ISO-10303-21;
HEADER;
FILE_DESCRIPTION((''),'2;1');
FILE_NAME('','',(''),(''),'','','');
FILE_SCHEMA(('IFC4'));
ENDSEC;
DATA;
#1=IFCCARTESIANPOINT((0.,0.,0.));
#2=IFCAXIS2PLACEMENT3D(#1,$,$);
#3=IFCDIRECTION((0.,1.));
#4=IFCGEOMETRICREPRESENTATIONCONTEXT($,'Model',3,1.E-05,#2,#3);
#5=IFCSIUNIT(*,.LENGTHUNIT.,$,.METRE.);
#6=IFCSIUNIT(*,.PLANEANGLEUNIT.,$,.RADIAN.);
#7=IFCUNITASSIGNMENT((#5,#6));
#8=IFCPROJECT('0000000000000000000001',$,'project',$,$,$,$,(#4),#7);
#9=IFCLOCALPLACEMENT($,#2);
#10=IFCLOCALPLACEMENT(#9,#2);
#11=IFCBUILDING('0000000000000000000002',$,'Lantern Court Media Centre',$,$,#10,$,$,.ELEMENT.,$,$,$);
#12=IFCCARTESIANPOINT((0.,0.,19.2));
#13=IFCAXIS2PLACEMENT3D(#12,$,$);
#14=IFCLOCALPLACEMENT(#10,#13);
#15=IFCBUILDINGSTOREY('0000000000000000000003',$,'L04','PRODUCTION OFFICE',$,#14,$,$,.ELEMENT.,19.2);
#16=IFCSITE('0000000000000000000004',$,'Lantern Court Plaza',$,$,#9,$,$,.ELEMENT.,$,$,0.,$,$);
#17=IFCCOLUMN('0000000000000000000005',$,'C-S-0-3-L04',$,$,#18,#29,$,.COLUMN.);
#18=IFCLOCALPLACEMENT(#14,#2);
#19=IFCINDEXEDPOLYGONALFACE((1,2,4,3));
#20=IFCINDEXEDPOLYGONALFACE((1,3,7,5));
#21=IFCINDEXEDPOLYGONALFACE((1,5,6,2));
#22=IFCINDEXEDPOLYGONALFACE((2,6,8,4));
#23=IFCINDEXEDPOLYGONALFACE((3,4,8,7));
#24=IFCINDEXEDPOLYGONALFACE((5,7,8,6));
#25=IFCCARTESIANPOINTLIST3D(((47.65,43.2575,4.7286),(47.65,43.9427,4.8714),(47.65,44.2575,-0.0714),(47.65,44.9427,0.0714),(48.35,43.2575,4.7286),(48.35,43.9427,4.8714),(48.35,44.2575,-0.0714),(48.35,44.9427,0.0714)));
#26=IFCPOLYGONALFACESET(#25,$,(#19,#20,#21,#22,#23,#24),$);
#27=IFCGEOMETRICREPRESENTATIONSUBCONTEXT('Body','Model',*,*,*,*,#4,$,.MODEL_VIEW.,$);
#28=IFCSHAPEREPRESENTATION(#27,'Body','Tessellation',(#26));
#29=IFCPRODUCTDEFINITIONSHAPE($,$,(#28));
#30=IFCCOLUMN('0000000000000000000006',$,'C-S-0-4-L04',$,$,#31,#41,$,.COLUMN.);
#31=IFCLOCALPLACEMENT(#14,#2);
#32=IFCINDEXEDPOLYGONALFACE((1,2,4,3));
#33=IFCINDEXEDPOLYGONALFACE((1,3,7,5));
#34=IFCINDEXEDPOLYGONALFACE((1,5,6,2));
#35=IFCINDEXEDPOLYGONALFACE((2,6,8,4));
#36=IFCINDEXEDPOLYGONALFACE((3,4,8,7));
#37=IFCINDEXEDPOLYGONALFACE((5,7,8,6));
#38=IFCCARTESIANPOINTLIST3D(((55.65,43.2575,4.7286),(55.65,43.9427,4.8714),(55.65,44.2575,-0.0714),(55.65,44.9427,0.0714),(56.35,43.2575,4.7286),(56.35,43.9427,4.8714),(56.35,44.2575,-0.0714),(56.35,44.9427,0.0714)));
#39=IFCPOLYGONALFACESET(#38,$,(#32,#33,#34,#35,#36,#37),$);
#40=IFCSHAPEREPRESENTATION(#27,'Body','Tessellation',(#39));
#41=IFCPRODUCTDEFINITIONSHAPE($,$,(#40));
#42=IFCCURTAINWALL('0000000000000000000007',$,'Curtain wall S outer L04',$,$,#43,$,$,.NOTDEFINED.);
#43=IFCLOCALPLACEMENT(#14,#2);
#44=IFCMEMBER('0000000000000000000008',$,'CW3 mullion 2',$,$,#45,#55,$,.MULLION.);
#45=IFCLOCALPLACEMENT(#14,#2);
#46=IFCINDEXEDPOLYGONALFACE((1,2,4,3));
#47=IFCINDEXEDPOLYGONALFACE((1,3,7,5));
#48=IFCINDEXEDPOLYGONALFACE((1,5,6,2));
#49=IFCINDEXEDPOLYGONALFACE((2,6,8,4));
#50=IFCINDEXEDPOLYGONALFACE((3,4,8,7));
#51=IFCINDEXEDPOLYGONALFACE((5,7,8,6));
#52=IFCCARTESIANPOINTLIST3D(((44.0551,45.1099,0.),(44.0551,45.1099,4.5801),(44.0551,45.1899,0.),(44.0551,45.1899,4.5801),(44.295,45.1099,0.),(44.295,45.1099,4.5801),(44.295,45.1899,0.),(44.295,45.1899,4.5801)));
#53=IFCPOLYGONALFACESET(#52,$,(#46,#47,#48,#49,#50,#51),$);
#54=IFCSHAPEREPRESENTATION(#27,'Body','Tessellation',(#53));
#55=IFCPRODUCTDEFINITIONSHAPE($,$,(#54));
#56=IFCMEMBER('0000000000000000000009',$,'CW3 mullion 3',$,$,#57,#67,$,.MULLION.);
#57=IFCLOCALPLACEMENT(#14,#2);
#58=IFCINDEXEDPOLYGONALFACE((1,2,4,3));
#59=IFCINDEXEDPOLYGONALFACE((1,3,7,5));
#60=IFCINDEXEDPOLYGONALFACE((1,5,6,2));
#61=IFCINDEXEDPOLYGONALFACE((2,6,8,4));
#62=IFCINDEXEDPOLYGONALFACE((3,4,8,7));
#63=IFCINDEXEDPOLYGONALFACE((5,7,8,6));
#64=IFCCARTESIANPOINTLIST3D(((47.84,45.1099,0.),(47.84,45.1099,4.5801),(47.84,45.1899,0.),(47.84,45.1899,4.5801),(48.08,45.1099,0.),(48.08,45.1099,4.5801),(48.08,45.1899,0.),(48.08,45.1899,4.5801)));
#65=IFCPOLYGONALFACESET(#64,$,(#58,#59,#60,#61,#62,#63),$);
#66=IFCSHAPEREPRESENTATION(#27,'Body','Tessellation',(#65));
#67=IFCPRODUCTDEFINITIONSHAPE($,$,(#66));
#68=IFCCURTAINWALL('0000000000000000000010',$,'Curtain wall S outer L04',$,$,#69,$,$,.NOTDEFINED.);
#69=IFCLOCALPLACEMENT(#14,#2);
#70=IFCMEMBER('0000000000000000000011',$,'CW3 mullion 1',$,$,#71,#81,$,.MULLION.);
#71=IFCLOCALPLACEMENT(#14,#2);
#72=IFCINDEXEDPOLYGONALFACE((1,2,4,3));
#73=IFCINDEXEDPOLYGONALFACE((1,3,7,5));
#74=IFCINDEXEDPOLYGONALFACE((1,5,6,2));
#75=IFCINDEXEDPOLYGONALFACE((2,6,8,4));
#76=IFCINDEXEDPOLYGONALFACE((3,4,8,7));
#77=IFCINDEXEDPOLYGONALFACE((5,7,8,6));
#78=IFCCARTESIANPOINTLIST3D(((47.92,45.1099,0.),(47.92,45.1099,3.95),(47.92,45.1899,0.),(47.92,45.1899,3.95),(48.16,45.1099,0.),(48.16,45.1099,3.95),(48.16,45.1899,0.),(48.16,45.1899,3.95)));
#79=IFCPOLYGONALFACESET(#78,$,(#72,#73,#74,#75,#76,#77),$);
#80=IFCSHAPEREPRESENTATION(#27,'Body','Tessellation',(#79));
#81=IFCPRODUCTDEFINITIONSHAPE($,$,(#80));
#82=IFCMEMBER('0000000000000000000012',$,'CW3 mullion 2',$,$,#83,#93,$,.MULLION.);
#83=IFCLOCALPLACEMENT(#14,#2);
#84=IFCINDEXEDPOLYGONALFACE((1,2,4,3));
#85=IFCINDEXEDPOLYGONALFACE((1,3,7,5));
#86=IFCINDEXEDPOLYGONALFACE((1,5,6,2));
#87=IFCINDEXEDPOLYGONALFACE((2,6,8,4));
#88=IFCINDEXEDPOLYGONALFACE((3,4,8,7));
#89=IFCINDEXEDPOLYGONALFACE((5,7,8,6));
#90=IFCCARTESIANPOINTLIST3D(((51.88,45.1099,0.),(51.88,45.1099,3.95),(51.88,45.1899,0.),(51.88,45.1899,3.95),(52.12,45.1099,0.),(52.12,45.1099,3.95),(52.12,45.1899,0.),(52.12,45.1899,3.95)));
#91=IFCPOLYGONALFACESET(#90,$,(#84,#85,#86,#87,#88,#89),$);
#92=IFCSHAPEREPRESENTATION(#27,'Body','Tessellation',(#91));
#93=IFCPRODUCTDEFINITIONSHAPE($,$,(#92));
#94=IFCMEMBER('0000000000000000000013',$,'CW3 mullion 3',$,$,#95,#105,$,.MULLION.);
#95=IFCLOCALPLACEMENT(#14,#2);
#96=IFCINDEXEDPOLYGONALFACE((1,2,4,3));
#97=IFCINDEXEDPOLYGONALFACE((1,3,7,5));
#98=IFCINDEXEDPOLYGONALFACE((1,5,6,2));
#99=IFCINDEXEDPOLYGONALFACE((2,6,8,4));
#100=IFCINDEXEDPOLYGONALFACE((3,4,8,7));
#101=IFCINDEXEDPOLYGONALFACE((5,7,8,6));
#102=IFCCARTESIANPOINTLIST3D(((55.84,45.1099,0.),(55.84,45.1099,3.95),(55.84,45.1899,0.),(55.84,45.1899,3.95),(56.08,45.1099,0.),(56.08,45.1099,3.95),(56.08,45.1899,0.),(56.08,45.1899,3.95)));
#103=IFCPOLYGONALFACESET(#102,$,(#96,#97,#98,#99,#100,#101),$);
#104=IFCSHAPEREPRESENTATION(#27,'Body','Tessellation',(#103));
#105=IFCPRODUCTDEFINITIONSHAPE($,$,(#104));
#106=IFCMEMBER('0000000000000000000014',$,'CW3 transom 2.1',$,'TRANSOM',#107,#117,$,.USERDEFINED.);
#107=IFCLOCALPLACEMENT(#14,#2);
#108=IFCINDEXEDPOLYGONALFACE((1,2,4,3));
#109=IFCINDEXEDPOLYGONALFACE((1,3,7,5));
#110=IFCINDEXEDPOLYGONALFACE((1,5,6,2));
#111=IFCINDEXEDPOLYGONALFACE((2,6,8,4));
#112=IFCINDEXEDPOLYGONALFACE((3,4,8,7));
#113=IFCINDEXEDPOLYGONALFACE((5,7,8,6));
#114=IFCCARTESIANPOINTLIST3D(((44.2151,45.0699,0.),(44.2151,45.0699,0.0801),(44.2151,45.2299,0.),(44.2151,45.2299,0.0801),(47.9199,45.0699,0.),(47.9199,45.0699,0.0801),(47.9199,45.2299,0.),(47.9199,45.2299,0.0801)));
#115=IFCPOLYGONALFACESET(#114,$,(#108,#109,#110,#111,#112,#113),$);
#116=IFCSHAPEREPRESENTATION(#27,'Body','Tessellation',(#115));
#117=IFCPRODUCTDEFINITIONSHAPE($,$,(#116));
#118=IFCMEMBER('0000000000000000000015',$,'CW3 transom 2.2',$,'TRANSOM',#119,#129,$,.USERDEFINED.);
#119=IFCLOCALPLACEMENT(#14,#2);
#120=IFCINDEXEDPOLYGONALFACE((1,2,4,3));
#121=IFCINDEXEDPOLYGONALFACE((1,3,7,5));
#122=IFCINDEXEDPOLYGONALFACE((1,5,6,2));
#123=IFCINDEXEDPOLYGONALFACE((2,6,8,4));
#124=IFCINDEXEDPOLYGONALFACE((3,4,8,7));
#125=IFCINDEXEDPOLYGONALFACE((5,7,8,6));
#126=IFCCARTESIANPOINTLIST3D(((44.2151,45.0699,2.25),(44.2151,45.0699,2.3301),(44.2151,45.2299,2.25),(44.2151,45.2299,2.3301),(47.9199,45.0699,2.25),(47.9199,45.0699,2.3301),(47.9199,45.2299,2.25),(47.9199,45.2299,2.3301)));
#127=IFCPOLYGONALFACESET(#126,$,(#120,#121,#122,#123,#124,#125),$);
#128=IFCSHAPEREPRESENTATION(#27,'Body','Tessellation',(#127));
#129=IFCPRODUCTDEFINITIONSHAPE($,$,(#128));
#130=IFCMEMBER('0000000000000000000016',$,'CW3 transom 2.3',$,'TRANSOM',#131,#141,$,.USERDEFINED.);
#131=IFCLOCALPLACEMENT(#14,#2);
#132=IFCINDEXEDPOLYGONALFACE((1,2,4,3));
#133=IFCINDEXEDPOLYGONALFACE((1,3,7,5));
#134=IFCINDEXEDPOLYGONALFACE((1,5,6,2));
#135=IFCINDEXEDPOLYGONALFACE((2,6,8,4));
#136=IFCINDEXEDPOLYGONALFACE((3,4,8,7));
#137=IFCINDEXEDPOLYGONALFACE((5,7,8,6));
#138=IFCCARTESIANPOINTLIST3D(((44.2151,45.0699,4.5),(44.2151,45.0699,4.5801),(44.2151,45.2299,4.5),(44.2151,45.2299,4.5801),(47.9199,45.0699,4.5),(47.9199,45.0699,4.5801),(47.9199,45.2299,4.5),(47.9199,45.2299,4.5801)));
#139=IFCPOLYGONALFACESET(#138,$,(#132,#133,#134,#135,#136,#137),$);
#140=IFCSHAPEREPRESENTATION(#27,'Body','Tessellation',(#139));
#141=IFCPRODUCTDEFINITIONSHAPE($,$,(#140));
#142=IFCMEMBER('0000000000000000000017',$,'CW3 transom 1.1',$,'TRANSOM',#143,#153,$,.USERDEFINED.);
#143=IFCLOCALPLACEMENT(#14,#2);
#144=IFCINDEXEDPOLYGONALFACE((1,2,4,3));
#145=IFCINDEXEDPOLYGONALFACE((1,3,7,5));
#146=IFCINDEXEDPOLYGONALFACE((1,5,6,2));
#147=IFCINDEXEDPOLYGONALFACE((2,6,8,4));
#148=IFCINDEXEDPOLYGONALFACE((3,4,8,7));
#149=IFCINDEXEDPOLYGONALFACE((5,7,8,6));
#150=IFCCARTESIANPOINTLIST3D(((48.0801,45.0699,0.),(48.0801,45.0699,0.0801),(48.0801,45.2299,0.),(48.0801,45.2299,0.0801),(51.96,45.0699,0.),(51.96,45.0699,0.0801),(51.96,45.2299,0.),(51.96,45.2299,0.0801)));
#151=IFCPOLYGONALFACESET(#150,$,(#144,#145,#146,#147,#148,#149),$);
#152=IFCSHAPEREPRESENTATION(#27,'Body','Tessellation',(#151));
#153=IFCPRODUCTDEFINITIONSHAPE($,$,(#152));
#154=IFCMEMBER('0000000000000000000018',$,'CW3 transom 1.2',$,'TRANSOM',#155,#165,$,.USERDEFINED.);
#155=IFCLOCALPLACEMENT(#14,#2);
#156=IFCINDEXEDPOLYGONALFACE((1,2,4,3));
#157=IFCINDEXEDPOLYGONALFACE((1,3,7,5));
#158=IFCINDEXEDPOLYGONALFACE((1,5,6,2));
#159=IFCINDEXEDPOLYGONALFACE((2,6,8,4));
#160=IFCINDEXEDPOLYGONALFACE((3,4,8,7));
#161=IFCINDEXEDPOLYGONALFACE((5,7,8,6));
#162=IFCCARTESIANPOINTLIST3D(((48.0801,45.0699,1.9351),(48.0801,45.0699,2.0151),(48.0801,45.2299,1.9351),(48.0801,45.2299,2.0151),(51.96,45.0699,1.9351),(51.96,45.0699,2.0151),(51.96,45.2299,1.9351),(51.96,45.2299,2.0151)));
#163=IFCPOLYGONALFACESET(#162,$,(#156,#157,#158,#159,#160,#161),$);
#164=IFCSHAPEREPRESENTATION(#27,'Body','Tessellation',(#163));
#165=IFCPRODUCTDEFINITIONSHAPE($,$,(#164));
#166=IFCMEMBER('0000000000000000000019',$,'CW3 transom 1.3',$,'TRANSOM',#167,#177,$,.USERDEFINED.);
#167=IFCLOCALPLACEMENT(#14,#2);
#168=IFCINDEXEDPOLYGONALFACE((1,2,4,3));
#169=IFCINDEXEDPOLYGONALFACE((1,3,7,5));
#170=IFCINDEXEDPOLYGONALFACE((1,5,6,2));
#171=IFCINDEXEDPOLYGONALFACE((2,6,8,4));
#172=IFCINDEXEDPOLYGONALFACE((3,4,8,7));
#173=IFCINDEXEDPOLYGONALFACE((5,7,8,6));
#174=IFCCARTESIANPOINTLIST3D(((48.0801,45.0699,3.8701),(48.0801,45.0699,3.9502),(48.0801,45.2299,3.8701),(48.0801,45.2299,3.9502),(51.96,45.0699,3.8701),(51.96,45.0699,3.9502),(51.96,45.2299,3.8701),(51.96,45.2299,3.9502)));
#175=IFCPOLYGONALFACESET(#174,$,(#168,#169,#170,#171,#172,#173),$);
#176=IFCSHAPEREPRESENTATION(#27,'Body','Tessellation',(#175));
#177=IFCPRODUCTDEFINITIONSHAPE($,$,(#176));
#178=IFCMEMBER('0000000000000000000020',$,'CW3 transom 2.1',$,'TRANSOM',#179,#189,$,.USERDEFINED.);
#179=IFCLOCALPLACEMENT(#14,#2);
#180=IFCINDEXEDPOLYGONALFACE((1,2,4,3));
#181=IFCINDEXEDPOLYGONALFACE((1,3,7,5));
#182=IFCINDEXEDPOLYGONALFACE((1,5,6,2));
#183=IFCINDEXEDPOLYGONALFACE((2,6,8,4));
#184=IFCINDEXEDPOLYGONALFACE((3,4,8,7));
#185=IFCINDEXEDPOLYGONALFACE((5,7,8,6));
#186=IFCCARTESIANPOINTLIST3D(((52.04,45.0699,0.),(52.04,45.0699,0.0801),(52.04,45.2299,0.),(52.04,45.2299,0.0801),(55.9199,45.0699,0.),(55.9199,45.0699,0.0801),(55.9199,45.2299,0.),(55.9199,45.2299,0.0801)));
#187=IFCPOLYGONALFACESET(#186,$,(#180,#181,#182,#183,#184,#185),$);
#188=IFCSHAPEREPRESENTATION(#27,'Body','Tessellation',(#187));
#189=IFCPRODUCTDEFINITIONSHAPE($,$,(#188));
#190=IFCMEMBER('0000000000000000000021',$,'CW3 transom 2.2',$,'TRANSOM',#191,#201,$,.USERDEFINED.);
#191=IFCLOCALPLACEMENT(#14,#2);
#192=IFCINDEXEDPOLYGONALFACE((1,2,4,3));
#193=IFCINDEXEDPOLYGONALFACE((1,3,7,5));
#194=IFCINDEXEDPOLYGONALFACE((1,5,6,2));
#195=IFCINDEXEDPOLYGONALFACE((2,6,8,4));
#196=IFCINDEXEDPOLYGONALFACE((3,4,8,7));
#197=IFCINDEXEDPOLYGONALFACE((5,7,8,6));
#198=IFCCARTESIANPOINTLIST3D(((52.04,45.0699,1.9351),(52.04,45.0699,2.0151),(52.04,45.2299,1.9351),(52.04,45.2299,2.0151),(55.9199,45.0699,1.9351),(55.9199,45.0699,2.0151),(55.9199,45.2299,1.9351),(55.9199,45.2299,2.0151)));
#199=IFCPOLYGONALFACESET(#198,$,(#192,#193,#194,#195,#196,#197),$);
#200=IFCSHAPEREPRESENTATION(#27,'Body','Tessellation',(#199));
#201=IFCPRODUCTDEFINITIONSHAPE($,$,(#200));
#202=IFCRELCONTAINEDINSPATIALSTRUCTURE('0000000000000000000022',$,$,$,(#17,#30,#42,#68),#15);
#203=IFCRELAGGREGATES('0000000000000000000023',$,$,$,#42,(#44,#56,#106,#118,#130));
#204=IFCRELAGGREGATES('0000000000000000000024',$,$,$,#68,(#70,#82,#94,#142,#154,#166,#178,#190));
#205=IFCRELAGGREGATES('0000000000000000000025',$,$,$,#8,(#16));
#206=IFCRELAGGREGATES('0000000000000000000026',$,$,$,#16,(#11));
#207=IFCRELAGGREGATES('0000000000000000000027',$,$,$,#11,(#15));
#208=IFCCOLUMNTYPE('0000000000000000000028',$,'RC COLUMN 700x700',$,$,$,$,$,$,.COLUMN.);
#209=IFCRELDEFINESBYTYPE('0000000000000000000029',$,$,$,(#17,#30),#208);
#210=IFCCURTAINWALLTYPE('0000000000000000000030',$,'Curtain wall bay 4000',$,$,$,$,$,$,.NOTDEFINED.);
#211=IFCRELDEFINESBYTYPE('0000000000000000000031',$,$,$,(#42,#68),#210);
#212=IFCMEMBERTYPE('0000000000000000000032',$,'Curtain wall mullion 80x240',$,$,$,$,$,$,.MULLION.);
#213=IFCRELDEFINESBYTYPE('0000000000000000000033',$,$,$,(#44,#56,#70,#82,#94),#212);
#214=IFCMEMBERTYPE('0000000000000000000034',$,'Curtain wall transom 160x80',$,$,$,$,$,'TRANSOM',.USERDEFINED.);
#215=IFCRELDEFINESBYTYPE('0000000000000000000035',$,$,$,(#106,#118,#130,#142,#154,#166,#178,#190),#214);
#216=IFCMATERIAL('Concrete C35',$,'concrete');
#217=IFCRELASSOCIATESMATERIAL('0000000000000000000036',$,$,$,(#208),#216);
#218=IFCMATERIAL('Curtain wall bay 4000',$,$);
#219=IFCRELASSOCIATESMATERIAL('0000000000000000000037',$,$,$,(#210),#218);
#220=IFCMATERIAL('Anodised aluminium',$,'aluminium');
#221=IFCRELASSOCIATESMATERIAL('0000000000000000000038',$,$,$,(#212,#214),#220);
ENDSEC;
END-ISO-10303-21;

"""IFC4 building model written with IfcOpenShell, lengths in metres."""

from ifc_helpers import new_model, si_unit, direction, frame, origin, origin_2d, place, context, subcontext, project, spatial, rectangle, extrude, material, material_profile, profile_set, type_object, element, aggregate, save


model = new_model("IFC4")

# Units and contexts
model_context = context("Model", 3, precision=1e-05, world=origin(), true_north=direction((0.0, 1.0)))
body_context = subcontext(model_context, "Body", "Model", "MODEL_VIEW")
ifc_project = project(units=[si_unit("LENGTHUNIT", "METRE"), si_unit("PLANEANGLEUNIT", "RADIAN")], contexts=[model_context])

# Site, building, storey
site_placement = place(None, origin())
site = spatial("IfcSite", under=ifc_project, at=site_placement, Name="Lantern Court Plaza", CompositionType="ELEMENT", RefElevation=0.0)
building_placement = place(site_placement, origin())
building = spatial("IfcBuilding", under=site, at=building_placement, Name="Lantern Court Media Centre", CompositionType="ELEMENT")
storey_placement = place(building_placement, frame((0.0, 0.0, 19.2)))
storey = spatial("IfcBuildingStorey", under=building, at=storey_placement, Name="L04", Description="PRODUCTION OFFICE", CompositionType="ELEMENT", Elevation=19.2)

# Columns
ifc_material_1 = material(Name="Concrete C35", Category="concrete")
ifc_material_profile_1 = material_profile(ifc_material_1, rectangle(XDim=0.7, YDim=0.7, at=origin_2d()), Name="RC 700x700")
ifc_profile_set_1 = profile_set([ifc_material_profile_1], Name="Concrete C35")
column_type = type_object("IfcColumnType", Name="RC COLUMN 700x700", PredefinedType="COLUMN", material=ifc_profile_set_1)
for number, where, z_axis, x_axis, name in (
    (1, (48.0, 44.6001, 0.0), (0.0, -0.203952, 0.978981), (1.0, 0.0, 0.0), "C-S-0-3-L04"),
    (2, (56.0, 44.6001, 0.0), (0.0, -0.203952, 0.978981), (1.0, 0.0, 0.0), "C-S-0-4-L04"),
):
    element("IfcColumn", number, at=place(storey_placement, frame(where, z_axis=z_axis, x_axis=x_axis)), inside=storey, type_object=column_type, Name=name, PredefinedType="COLUMN", context=body_context, shape_type="SweptSolid", body=[
        extrude(rectangle(XDim=0.7, YDim=0.7, at=origin_2d()), origin(), (0.0, 0.0, 1.0), 4.9031),
    ])

# Curtain walls, members
ifc_material_2 = material(Name="Curtain wall bay 4000")
curtain_wall_type = type_object("IfcCurtainWallType", Name="Curtain wall bay 4000", PredefinedType="NOTDEFINED", material=ifc_material_2)
curtain_wall_1_placement = place(storey_placement, origin())
curtain_wall_1 = element("IfcCurtainWall", 3, at=curtain_wall_1_placement, inside=storey, type_object=curtain_wall_type, Name="Curtain wall S outer L04", PredefinedType="NOTDEFINED")
ifc_material_3 = material(Name="Anodised aluminium", Category="aluminium")
ifc_material_profile_2 = material_profile(ifc_material_3, rectangle(XDim=0.0801, YDim=0.24, at=origin_2d()), Name="AL 80x240")
ifc_profile_set_2 = profile_set([ifc_material_profile_2], Name="Anodised aluminium")
member_type_1 = type_object("IfcMemberType", Name="Curtain wall mullion 80x240", PredefinedType="MULLION", material=ifc_profile_set_2)
member_1_placement = place(storey_placement, frame((44.175, 45.1499, 0.0), z_axis=(0.0, 0.0, 1.0), x_axis=(0.0, 1.0, 0.0)))
member_1 = element("IfcMember", 4, at=member_1_placement, type_object=member_type_1, Name="CW3 mullion 2", PredefinedType="MULLION", context=body_context, shape_type="SweptSolid", body=[
    extrude(rectangle(XDim=0.0801, YDim=0.24, at=origin_2d()), origin(), (0.0, 0.0, 1.0), 4.5801),
])
member_2_placement = place(storey_placement, frame((47.96, 45.1499, 0.0), z_axis=(0.0, 0.0, 1.0), x_axis=(0.0, 1.0, 0.0)))
member_2 = element("IfcMember", 5, at=member_2_placement, type_object=member_type_1, Name="CW3 mullion 3", PredefinedType="MULLION", context=body_context, shape_type="SweptSolid", body=[
    extrude(rectangle(XDim=0.0801, YDim=0.24, at=origin_2d()), origin(), (0.0, 0.0, 1.0), 4.5801),
])
curtain_wall_2_placement = place(storey_placement, origin())
curtain_wall_2 = element("IfcCurtainWall", 6, at=curtain_wall_2_placement, inside=storey, type_object=curtain_wall_type, Name="Curtain wall S outer L04", PredefinedType="NOTDEFINED")
member_3_placement = place(storey_placement, frame((48.04, 45.1499, 0.0), z_axis=(0.0, 0.0, 1.0), x_axis=(0.0, 1.0, 0.0)))
member_3 = element("IfcMember", 7, at=member_3_placement, type_object=member_type_1, Name="CW3 mullion 1", PredefinedType="MULLION", context=body_context, shape_type="SweptSolid", body=[
    extrude(rectangle(XDim=0.0801, YDim=0.24, at=origin_2d()), origin(), (0.0, 0.0, 1.0), 3.95),
])
member_4_placement = place(storey_placement, frame((52.0, 45.1499, 0.0), z_axis=(0.0, 0.0, 1.0), x_axis=(0.0, 1.0, 0.0)))
member_4 = element("IfcMember", 8, at=member_4_placement, type_object=member_type_1, Name="CW3 mullion 2", PredefinedType="MULLION", context=body_context, shape_type="SweptSolid", body=[
    extrude(rectangle(XDim=0.0801, YDim=0.24, at=origin_2d()), origin(), (0.0, 0.0, 1.0), 3.95),
])
member_5_placement = place(storey_placement, frame((55.96, 45.1499, 0.0), z_axis=(0.0, 0.0, 1.0), x_axis=(0.0, 1.0, 0.0)))
member_5 = element("IfcMember", 9, at=member_5_placement, type_object=member_type_1, Name="CW3 mullion 3", PredefinedType="MULLION", context=body_context, shape_type="SweptSolid", body=[
    extrude(rectangle(XDim=0.0801, YDim=0.24, at=origin_2d()), origin(), (0.0, 0.0, 1.0), 3.95),
])

# Members
ifc_material_profile_3 = material_profile(ifc_material_3, rectangle(XDim=0.1599, YDim=0.0801, at=origin_2d()), Name="AL 80x160")
ifc_profile_set_3 = profile_set([ifc_material_profile_3], Name="Anodised aluminium")
member_type_2 = type_object("IfcMemberType", Name="Curtain wall transom 160x80", ElementType="TRANSOM", PredefinedType="USERDEFINED", material=ifc_profile_set_3)
member_6_placement = place(storey_placement, frame((44.2151, 45.1499, 0.04), z_axis=(1.0, 0.0, 0.0), x_axis=(0.0, 1.0, 0.0)))
member_6 = element("IfcMember", 10, at=member_6_placement, type_object=member_type_2, Name="CW3 transom 2.1", ObjectType="TRANSOM", PredefinedType="USERDEFINED", context=body_context, shape_type="SweptSolid", body=[
    extrude(rectangle(XDim=0.1599, YDim=0.0801, at=origin_2d()), origin(), (0.0, 0.0, 1.0), 3.7048),
])
member_7_placement = place(storey_placement, frame((44.2151, 45.1499, 2.29), z_axis=(1.0, 0.0, 0.0), x_axis=(0.0, 1.0, 0.0)))
member_7 = element("IfcMember", 11, at=member_7_placement, type_object=member_type_2, Name="CW3 transom 2.2", ObjectType="TRANSOM", PredefinedType="USERDEFINED", context=body_context, shape_type="SweptSolid", body=[
    extrude(rectangle(XDim=0.1599, YDim=0.0801, at=origin_2d()), origin(), (0.0, 0.0, 1.0), 3.7048),
])
member_8_placement = place(storey_placement, frame((44.2151, 45.1499, 4.54), z_axis=(1.0, 0.0, 0.0), x_axis=(0.0, 1.0, 0.0)))
member_8 = element("IfcMember", 12, at=member_8_placement, type_object=member_type_2, Name="CW3 transom 2.3", ObjectType="TRANSOM", PredefinedType="USERDEFINED", context=body_context, shape_type="SweptSolid", body=[
    extrude(rectangle(XDim=0.1599, YDim=0.0801, at=origin_2d()), origin(), (0.0, 0.0, 1.0), 3.7048),
])
member_9_placement = place(storey_placement, frame((48.0801, 45.1499, 0.04), z_axis=(1.0, 0.0, 0.0), x_axis=(0.0, 1.0, 0.0)))
member_9 = element("IfcMember", 13, at=member_9_placement, type_object=member_type_2, Name="CW3 transom 1.1", ObjectType="TRANSOM", PredefinedType="USERDEFINED", context=body_context, shape_type="SweptSolid", body=[
    extrude(rectangle(XDim=0.1599, YDim=0.0801, at=origin_2d()), origin(), (0.0, 0.0, 1.0), 3.8799),
])
member_10_placement = place(storey_placement, frame((48.0801, 45.1499, 1.9751), z_axis=(1.0, 0.0, 0.0), x_axis=(0.0, 1.0, 0.0)))
member_10 = element("IfcMember", 14, at=member_10_placement, type_object=member_type_2, Name="CW3 transom 1.2", ObjectType="TRANSOM", PredefinedType="USERDEFINED", context=body_context, shape_type="SweptSolid", body=[
    extrude(rectangle(XDim=0.1599, YDim=0.0801, at=origin_2d()), origin(), (0.0, 0.0, 1.0), 3.8799),
])
member_11_placement = place(storey_placement, frame((48.0801, 45.1499, 3.9102), z_axis=(1.0, 0.0, 0.0), x_axis=(0.0, 1.0, 0.0)))
member_11 = element("IfcMember", 15, at=member_11_placement, type_object=member_type_2, Name="CW3 transom 1.3", ObjectType="TRANSOM", PredefinedType="USERDEFINED", context=body_context, shape_type="SweptSolid", body=[
    extrude(rectangle(XDim=0.1599, YDim=0.0801, at=origin_2d()), origin(), (0.0, 0.0, 1.0), 3.8799),
])
member_12_placement = place(storey_placement, frame((52.04, 45.1499, 0.04), z_axis=(1.0, 0.0, 0.0), x_axis=(0.0, 1.0, 0.0)))
member_12 = element("IfcMember", 16, at=member_12_placement, type_object=member_type_2, Name="CW3 transom 2.1", ObjectType="TRANSOM", PredefinedType="USERDEFINED", context=body_context, shape_type="SweptSolid", body=[
    extrude(rectangle(XDim=0.1599, YDim=0.0801, at=origin_2d()), origin(), (0.0, 0.0, 1.0), 3.8799),
])
member_13_placement = place(storey_placement, frame((52.04, 45.1499, 1.9751), z_axis=(1.0, 0.0, 0.0), x_axis=(0.0, 1.0, 0.0)))
member_13 = element("IfcMember", 17, at=member_13_placement, type_object=member_type_2, Name="CW3 transom 2.2", ObjectType="TRANSOM", PredefinedType="USERDEFINED", context=body_context, shape_type="SweptSolid", body=[
    extrude(rectangle(XDim=0.1599, YDim=0.0801, at=origin_2d()), origin(), (0.0, 0.0, 1.0), 3.8799),
])

aggregate(curtain_wall_1, [member_1, member_2, member_6, member_7, member_8])
aggregate(curtain_wall_2, [member_3, member_4, member_5, member_9, member_10, member_11, member_12, member_13])

save(model, "model.ifc")
